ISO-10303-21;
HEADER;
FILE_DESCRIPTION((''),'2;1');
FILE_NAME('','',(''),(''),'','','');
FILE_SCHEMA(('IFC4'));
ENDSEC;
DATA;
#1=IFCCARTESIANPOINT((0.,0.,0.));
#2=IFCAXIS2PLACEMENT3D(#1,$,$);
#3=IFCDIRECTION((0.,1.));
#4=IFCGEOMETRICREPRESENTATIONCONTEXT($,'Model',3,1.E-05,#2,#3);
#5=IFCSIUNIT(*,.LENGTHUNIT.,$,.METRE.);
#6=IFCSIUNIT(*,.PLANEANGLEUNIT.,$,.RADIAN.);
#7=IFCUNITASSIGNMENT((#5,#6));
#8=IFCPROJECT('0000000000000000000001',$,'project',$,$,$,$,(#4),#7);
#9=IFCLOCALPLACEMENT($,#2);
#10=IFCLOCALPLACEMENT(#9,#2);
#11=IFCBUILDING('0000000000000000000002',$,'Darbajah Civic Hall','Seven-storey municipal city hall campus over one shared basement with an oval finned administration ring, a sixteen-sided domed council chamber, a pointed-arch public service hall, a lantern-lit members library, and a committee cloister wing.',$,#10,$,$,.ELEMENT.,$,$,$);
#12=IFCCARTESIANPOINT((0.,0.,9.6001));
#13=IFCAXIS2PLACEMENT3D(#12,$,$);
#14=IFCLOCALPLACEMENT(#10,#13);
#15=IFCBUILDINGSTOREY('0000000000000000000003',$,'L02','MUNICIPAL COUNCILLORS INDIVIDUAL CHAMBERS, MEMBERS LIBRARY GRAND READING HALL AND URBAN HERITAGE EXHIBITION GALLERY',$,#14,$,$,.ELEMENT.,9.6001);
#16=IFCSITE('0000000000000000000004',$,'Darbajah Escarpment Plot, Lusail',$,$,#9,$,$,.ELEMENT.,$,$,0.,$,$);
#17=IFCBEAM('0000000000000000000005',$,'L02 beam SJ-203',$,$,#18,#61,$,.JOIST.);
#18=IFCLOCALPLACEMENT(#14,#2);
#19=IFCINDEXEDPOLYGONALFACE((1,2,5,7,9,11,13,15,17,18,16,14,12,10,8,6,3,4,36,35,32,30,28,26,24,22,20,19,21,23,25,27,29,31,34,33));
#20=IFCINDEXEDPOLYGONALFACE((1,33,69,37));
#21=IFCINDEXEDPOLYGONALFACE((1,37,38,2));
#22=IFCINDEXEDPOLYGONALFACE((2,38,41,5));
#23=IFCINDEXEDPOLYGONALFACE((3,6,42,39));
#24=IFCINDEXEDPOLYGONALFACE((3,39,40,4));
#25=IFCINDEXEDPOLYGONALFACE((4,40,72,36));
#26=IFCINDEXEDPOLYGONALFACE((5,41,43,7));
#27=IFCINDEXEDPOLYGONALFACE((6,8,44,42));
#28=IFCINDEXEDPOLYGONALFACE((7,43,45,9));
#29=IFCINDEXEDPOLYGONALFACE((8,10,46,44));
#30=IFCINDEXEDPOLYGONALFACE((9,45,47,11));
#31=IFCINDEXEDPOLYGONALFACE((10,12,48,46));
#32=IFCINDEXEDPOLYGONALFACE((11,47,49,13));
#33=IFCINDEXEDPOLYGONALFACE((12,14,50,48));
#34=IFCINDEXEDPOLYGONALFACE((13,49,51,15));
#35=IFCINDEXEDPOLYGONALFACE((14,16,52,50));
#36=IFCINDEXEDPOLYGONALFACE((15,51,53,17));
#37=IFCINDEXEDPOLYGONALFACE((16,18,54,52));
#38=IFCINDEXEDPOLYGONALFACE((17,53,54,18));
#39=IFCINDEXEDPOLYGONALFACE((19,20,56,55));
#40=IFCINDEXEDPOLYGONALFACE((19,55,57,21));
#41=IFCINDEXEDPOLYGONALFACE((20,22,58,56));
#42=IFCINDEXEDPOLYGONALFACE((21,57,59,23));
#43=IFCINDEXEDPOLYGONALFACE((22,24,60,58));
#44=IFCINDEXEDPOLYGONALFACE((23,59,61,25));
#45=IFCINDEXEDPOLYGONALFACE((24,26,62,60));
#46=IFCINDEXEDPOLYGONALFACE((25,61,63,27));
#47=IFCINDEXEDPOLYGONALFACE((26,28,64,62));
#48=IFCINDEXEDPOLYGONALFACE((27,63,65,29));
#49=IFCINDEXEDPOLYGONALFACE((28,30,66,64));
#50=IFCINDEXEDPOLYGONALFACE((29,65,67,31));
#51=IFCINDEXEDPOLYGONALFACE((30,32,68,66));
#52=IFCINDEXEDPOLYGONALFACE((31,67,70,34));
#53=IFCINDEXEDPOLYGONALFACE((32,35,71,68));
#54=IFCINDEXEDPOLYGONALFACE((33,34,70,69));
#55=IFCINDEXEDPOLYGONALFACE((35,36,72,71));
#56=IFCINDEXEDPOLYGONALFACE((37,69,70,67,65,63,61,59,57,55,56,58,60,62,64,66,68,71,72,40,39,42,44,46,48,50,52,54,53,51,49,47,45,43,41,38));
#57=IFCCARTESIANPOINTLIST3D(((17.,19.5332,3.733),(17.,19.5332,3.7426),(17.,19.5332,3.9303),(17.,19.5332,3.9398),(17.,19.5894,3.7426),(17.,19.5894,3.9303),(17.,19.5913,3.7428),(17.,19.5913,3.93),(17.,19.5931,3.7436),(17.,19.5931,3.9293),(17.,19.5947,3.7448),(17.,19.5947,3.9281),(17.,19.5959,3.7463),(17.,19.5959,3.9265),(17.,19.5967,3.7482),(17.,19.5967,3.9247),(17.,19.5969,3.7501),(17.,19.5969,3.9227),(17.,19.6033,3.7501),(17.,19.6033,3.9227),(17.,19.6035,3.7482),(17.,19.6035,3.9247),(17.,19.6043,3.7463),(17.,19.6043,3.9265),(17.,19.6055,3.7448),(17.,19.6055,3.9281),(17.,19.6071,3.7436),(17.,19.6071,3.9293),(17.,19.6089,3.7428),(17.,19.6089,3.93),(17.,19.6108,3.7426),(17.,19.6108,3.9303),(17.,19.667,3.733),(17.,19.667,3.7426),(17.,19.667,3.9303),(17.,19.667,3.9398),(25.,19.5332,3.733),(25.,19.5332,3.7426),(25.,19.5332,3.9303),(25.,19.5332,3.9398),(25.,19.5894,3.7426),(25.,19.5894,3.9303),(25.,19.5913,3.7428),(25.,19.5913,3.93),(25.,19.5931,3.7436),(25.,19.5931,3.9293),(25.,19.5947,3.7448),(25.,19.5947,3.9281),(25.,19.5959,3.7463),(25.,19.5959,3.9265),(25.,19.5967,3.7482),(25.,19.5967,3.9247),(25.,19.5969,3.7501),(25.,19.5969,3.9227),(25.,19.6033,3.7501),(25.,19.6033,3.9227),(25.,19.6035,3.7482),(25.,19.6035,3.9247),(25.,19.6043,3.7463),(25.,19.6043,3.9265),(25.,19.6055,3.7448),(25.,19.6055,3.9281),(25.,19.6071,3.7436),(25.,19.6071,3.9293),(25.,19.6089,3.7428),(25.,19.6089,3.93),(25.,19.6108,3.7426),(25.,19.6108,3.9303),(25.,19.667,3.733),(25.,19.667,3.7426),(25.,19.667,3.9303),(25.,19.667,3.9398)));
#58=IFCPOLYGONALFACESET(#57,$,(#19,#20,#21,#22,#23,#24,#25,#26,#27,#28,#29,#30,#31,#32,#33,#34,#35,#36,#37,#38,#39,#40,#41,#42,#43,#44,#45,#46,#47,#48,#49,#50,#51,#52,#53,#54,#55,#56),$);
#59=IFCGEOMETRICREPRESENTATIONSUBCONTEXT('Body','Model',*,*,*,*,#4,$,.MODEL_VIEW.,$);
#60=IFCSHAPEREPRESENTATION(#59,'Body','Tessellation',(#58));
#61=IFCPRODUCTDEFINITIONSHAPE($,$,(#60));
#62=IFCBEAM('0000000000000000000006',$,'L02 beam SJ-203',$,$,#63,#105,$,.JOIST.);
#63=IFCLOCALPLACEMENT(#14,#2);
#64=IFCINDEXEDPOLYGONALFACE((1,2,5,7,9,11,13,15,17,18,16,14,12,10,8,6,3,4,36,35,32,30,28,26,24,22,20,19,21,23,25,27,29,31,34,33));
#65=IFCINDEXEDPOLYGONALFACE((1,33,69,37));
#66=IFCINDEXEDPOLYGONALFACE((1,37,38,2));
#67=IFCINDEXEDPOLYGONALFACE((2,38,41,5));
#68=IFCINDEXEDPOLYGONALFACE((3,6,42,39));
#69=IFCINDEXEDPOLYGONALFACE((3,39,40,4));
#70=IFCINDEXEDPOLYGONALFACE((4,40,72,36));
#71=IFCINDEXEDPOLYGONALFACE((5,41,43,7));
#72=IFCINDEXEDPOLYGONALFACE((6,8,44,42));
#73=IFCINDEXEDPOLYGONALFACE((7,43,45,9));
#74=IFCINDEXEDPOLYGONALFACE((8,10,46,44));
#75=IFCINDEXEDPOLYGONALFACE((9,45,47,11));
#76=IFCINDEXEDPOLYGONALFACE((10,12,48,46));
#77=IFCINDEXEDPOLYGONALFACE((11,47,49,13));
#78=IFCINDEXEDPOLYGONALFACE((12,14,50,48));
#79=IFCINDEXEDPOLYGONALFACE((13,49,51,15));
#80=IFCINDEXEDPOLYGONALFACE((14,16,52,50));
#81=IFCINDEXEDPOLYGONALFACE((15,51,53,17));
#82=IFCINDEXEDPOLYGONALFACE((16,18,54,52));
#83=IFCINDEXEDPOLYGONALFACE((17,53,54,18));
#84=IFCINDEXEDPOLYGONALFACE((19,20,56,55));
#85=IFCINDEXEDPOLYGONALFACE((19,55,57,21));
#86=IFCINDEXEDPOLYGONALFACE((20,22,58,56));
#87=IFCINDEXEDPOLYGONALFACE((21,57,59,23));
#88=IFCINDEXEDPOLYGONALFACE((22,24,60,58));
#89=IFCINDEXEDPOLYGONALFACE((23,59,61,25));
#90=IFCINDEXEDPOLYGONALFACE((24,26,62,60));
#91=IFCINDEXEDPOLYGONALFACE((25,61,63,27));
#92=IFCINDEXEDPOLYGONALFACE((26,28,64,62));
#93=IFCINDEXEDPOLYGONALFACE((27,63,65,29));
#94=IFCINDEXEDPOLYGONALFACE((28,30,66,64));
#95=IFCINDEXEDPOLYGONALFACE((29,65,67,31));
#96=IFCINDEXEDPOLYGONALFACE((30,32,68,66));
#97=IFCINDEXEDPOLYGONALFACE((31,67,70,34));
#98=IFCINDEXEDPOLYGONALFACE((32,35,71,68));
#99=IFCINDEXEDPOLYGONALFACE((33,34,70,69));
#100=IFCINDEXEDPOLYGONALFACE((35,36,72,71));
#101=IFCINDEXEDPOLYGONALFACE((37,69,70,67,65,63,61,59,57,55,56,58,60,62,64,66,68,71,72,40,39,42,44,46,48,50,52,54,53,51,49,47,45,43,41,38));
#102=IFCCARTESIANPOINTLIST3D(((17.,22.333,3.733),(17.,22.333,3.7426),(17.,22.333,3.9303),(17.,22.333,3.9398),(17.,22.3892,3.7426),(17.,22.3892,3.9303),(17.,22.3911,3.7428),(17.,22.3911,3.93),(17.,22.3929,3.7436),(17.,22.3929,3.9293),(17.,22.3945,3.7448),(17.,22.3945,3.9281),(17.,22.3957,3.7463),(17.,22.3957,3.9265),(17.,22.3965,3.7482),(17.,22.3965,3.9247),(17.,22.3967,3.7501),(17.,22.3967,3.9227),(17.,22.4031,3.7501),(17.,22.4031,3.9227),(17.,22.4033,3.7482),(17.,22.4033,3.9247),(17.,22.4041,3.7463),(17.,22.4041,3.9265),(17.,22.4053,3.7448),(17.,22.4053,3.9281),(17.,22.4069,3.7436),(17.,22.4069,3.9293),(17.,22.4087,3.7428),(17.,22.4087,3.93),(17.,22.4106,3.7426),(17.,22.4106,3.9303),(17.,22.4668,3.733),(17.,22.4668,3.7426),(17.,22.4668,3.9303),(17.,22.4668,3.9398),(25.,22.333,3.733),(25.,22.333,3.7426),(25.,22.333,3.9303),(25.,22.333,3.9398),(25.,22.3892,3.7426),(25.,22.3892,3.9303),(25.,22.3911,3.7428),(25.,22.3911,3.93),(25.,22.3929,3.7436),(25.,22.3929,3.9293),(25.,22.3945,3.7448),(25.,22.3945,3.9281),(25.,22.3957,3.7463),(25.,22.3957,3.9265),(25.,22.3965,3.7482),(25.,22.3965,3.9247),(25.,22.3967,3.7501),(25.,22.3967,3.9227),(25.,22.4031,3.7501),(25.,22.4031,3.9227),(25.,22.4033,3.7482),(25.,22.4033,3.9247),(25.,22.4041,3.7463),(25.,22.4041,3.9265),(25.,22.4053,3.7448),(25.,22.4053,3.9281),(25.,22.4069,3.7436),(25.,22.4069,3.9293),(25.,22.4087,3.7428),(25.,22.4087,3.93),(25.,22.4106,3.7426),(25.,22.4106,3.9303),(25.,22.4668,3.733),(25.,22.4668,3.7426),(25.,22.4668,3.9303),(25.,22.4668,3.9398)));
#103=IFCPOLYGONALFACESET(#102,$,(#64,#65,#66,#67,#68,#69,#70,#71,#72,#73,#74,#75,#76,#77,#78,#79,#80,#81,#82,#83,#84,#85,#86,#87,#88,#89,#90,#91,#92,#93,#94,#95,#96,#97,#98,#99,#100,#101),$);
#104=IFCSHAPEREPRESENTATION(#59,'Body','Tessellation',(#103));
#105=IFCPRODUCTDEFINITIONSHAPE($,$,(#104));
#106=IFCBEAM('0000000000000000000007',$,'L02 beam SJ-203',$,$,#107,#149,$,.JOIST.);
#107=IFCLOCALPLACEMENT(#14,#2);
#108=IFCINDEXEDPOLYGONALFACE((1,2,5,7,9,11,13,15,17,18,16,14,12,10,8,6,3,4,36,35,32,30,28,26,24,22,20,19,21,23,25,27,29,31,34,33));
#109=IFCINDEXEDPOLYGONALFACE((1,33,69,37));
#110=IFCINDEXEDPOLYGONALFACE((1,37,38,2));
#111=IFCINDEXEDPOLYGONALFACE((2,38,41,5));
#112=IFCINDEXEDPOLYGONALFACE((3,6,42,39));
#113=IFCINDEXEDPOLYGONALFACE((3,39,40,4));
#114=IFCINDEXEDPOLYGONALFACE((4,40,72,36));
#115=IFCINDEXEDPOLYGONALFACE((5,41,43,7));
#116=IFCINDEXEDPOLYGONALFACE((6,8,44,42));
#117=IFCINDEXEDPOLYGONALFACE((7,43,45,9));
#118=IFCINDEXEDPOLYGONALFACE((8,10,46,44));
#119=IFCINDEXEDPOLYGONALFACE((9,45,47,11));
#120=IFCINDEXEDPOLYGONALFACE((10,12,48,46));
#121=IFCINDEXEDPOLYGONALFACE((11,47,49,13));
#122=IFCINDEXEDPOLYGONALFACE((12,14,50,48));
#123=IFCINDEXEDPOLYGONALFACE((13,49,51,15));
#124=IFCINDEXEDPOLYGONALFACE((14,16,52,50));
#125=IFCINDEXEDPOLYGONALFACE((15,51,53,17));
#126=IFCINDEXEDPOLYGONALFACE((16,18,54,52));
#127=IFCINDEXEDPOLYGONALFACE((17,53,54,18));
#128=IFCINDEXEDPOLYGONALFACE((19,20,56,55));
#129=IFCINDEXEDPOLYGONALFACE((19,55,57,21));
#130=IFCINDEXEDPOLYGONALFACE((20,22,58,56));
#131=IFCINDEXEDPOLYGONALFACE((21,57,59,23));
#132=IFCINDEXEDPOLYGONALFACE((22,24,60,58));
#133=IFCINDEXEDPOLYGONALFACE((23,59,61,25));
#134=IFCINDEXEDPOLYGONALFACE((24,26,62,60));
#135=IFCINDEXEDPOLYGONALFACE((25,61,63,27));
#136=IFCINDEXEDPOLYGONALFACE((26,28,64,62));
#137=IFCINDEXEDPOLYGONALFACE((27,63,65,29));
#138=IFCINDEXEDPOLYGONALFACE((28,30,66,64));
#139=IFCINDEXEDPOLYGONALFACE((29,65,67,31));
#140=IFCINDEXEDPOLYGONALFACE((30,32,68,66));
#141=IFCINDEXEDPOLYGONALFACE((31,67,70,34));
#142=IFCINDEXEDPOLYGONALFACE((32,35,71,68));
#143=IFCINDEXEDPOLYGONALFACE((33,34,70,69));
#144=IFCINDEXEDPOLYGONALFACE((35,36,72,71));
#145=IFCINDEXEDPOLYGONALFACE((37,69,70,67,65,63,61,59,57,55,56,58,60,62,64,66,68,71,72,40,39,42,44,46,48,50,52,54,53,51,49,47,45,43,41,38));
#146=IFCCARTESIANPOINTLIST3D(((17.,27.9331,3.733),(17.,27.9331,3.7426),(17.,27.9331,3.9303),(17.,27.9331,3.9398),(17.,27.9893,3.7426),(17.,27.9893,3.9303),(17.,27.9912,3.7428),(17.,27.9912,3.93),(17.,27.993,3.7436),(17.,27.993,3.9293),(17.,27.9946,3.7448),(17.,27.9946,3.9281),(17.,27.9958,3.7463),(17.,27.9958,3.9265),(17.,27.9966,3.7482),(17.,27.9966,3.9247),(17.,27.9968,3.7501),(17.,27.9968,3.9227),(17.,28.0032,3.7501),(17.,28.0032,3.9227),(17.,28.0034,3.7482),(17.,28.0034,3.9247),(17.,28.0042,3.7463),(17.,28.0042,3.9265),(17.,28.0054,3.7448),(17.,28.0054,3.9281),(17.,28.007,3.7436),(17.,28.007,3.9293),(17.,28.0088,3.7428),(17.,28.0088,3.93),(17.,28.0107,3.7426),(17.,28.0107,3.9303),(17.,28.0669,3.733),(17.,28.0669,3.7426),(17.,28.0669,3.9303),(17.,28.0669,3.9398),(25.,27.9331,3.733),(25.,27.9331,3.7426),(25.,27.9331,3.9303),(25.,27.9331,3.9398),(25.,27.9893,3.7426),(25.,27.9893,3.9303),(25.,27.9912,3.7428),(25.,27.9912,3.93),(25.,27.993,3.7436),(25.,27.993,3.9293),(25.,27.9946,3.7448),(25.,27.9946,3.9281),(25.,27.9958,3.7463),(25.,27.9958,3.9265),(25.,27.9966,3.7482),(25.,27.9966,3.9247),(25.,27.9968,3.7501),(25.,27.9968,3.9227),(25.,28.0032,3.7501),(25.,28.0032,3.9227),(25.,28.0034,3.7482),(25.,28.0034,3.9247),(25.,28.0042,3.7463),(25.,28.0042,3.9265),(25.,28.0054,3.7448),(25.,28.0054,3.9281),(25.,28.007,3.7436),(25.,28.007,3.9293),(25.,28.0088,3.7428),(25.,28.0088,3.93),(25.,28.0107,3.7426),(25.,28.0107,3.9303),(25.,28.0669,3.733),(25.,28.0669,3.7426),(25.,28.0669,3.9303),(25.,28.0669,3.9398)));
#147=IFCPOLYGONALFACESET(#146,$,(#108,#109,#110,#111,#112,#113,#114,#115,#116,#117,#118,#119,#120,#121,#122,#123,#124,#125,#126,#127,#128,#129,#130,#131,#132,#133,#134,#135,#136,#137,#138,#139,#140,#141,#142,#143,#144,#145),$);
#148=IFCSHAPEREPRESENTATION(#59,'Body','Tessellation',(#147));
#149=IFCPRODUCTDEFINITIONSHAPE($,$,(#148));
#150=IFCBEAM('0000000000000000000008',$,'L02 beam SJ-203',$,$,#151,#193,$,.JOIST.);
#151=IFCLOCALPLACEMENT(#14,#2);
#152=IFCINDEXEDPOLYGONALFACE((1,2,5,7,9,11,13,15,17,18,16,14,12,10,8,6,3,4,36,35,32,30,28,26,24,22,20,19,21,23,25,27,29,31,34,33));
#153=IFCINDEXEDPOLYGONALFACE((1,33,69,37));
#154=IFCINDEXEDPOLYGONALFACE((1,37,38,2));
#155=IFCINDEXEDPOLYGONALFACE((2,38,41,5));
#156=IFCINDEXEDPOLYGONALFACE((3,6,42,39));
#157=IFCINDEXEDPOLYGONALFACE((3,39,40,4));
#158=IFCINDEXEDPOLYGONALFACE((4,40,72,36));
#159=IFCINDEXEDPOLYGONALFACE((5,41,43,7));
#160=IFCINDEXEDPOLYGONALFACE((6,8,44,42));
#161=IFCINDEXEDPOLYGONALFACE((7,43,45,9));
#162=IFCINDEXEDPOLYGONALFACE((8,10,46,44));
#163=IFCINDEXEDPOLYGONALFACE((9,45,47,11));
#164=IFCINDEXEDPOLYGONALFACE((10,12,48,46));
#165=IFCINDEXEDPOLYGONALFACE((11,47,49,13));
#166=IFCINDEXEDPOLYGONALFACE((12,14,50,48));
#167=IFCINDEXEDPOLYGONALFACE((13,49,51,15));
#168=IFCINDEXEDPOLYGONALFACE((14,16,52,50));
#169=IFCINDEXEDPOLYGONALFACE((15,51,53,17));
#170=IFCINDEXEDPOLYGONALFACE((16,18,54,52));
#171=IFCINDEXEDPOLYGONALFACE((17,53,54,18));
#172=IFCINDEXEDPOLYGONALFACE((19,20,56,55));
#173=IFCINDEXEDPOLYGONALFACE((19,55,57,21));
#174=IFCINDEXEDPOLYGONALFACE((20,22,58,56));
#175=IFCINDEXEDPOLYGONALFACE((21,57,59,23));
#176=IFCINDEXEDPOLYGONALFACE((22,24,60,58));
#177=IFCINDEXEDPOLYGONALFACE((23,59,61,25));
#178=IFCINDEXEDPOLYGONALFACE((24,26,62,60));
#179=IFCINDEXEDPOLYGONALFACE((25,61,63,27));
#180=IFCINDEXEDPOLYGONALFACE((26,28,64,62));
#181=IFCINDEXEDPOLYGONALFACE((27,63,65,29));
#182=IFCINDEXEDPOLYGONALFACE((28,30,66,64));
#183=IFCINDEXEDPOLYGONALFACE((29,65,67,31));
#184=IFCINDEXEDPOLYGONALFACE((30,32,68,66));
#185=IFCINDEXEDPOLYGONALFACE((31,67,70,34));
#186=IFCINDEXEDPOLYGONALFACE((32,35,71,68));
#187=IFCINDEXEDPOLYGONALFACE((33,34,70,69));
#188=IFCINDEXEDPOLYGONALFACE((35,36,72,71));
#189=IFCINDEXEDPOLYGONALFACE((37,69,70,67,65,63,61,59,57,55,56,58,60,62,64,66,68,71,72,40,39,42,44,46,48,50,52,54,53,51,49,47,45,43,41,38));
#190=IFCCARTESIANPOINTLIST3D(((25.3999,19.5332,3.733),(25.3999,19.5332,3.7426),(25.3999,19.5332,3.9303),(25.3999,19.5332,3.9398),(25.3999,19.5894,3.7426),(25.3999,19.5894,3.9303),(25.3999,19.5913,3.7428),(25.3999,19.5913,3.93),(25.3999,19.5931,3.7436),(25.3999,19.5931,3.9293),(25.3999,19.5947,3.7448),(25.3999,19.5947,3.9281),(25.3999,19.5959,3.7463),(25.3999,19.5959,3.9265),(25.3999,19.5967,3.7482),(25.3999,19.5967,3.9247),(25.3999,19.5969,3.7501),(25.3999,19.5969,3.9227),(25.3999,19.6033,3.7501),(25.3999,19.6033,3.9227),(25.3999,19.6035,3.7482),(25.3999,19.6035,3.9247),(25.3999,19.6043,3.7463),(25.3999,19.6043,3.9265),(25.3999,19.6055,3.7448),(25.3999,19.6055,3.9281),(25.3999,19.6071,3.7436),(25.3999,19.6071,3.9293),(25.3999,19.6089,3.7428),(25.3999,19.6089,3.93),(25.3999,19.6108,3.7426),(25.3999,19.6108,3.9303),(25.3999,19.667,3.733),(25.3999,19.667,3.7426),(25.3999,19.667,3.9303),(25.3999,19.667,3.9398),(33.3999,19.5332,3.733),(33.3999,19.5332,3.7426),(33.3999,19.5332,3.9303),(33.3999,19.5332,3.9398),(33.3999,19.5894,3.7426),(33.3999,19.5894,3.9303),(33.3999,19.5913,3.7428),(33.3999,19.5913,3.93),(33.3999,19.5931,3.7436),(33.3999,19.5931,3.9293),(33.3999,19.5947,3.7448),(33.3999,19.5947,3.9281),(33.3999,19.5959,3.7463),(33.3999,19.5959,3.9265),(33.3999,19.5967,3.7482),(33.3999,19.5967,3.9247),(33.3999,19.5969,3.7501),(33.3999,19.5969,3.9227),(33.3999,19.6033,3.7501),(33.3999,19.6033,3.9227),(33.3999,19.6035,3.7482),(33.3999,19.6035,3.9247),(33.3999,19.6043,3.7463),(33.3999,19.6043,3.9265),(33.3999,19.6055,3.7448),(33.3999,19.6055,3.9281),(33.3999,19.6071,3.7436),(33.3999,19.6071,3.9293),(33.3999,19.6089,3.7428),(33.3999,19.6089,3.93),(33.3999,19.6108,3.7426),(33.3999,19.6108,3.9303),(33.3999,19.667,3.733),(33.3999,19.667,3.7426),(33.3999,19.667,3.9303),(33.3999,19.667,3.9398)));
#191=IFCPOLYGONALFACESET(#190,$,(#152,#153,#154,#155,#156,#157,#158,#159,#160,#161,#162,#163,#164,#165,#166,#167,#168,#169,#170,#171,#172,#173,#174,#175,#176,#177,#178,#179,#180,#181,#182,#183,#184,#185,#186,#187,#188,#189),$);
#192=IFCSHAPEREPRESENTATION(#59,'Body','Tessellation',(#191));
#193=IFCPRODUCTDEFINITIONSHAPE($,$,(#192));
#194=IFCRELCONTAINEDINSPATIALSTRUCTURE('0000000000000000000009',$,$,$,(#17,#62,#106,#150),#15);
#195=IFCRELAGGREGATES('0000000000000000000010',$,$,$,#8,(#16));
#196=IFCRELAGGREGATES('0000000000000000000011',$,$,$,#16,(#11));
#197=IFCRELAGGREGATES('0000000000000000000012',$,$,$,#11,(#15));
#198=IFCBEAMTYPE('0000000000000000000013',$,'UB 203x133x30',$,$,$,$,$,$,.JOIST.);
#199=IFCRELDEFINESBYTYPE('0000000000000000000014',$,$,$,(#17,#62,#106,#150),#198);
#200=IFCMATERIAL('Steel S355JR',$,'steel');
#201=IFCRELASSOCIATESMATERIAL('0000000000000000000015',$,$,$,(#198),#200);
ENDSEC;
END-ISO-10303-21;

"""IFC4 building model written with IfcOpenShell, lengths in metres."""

from ifc_helpers import new_model, si_unit, direction, frame, origin, origin_2d, place, context, subcontext, project, spatial, i_section, extrude, material, material_profile, profile_set, type_object, element, save


model = new_model("IFC4")

# Units and contexts
model_context = context("Model", 3, precision=1e-05, world=origin(), true_north=direction((0.0, 1.0)))
body_context = subcontext(model_context, "Body", "Model", "MODEL_VIEW")
ifc_project = project(units=[si_unit("LENGTHUNIT", "METRE"), si_unit("PLANEANGLEUNIT", "RADIAN")], contexts=[model_context])

# Site, building, storey
site_placement = place(None, origin())
site = spatial("IfcSite", under=ifc_project, at=site_placement, Name="Darbajah Escarpment Plot, Lusail", CompositionType="ELEMENT", RefElevation=0.0)
building_placement = place(site_placement, origin())
building = spatial("IfcBuilding", under=site, at=building_placement, Name="Darbajah Civic Hall", Description="Seven-storey municipal city hall campus over one shared basement with an oval finned administration ring, a sixteen-sided domed council chamber, a pointed-arch public service hall, a lantern-lit members library, and a committee cloister wing.", CompositionType="ELEMENT")
storey_placement = place(building_placement, frame((0.0, 0.0, 9.6001)))
storey = spatial("IfcBuildingStorey", under=building, at=storey_placement, Name="L02", Description="MUNICIPAL COUNCILLORS INDIVIDUAL CHAMBERS, MEMBERS LIBRARY GRAND READING HALL AND URBAN HERITAGE EXHIBITION GALLERY", CompositionType="ELEMENT", Elevation=9.6001)

# Beams
ifc_material_1 = material(Name="Steel S355JR", Category="steel")
ifc_material_profile_1 = material_profile(ifc_material_1, i_section(OverallWidth=0.1338, OverallDepth=0.2068, WebThickness=0.0063, FlangeThickness=0.0095, FilletRadius=0.0076, at=origin_2d()), Name="UB 203x133x30")
ifc_profile_set_1 = profile_set([ifc_material_profile_1], Name="Steel S355JR")
beam_type_1 = type_object("IfcBeamType", Name="UB 203x133x30", PredefinedType="JOIST", material=ifc_profile_set_1)
for number, where, z_axis, x_axis, name in (
    (1, (17.0, 19.6001, 3.8364), (1.0, 0.0, 0.0), (0.0, 1.0, 0.0), "L02 beam SJ-203"),
    (2, (17.0, 22.3999, 3.8364), (1.0, 0.0, 0.0), (0.0, 1.0, 0.0), "L02 beam SJ-203"),
    (3, (17.0, 28.0, 3.8364), (1.0, 0.0, 0.0), (0.0, 1.0, 0.0), "L02 beam SJ-203"),
    (4, (25.3999, 19.6001, 3.8364), (1.0, 0.0, 0.0), (0.0, 1.0, 0.0), "L02 beam SJ-203"),
):
    element("IfcBeam", number, at=place(storey_placement, frame(where, z_axis=z_axis, x_axis=x_axis)), inside=storey, type_object=beam_type_1, Name=name, PredefinedType="JOIST", context=body_context, shape_type="SweptSolid", body=[
        extrude(i_section(OverallWidth=0.1338, OverallDepth=0.2068, WebThickness=0.0063, FlangeThickness=0.0095, FilletRadius=0.0076, at=origin_2d()), origin(), (0.0, 0.0, 1.0), 8.0),
    ])

save(model, "model.ifc")
